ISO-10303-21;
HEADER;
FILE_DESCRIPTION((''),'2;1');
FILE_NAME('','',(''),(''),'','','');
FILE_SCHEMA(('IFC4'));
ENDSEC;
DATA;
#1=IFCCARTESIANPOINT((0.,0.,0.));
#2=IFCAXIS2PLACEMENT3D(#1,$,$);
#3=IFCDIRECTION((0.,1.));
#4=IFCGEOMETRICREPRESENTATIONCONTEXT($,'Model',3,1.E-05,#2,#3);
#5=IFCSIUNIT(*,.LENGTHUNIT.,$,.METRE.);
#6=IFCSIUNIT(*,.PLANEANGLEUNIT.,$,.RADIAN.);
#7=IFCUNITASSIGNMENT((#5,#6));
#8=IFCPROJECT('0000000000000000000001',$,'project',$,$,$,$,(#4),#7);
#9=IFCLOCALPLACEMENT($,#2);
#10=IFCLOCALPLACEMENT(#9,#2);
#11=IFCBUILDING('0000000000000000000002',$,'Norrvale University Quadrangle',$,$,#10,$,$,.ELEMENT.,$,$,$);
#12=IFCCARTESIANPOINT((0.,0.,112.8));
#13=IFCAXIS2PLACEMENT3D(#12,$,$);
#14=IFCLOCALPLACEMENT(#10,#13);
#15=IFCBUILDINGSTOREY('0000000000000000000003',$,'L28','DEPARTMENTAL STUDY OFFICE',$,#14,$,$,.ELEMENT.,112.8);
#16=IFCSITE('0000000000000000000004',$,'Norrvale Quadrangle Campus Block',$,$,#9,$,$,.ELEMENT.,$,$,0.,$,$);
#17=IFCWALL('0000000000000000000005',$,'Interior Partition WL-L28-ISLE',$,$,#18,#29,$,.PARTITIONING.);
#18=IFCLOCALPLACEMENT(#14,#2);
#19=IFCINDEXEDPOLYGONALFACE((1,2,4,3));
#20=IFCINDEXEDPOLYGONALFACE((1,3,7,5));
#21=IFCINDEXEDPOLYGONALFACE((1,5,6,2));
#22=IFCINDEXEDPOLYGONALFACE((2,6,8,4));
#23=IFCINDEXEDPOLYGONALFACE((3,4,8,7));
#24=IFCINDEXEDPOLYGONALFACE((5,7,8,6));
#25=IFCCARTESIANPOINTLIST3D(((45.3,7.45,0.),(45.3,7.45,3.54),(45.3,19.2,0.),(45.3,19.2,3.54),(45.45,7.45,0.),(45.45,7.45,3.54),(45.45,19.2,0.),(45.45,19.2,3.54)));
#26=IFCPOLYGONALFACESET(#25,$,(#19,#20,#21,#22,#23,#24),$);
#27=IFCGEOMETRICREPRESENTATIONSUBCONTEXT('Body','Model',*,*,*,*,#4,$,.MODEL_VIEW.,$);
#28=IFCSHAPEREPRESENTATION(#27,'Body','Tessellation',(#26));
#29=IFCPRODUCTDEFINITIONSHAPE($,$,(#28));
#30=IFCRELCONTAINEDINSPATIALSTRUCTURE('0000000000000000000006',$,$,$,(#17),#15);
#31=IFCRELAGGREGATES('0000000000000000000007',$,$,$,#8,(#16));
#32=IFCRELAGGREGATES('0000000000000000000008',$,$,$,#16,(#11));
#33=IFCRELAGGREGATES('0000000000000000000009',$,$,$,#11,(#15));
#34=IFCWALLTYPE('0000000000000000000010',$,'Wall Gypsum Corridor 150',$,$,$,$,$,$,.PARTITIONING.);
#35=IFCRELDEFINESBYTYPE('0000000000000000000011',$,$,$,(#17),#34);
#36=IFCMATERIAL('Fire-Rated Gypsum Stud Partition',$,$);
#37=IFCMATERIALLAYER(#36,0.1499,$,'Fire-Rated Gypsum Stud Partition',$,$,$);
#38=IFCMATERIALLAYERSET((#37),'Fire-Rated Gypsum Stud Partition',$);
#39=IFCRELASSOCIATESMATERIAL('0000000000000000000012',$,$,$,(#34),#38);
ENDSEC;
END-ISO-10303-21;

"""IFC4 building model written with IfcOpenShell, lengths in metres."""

from ifc_helpers import new_model, si_unit, direction, frame, frame_2d, origin, place, context, subcontext, project, spatial, rectangle, extrude, material, layer, layer_set, type_object, element, save


model = new_model("IFC4")

# Units and contexts
model_context = context("Model", 3, precision=1e-05, world=origin(), true_north=direction((0.0, 1.0)))
body_context = subcontext(model_context, "Body", "Model", "MODEL_VIEW")
ifc_project = project(units=[si_unit("LENGTHUNIT", "METRE"), si_unit("PLANEANGLEUNIT", "RADIAN")], contexts=[model_context])

# Site, building, storey
site_placement = place(None, origin())
site = spatial("IfcSite", under=ifc_project, at=site_placement, Name="Norrvale Quadrangle Campus Block", CompositionType="ELEMENT", RefElevation=0.0)
building_placement = place(site_placement, origin())
building = spatial("IfcBuilding", under=site, at=building_placement, Name="Norrvale University Quadrangle", CompositionType="ELEMENT")
storey_placement = place(building_placement, frame((0.0, 0.0, 112.8)))
storey = spatial("IfcBuildingStorey", under=building, at=storey_placement, Name="L28", Description="DEPARTMENTAL STUDY OFFICE", CompositionType="ELEMENT", Elevation=112.8)

# Shared definitions
ifc_material_1 = material(Name="Fire-Rated Gypsum Stud Partition")
ifc_layer_1 = layer(ifc_material_1, 0.1499, Name="Fire-Rated Gypsum Stud Partition")
ifc_layer_set_1 = layer_set([ifc_layer_1], Name="Fire-Rated Gypsum Stud Partition")
wall_type_1 = type_object("IfcWallType", Name="Wall Gypsum Corridor 150", PredefinedType="PARTITIONING", material=ifc_layer_set_1)

# Wall
wall_1_placement = place(storey_placement, frame((45.375, 7.45, 0.0), z_axis=(0.0, 0.0, 1.0), x_axis=(0.0, 1.0, 0.0)))
element("IfcWall", 1, at=wall_1_placement, inside=storey, type_object=wall_type_1, Name="Interior Partition WL-L28-ISLE", PredefinedType="PARTITIONING", context=body_context, shape_type="SweptSolid", body=[
    extrude(rectangle(XDim=11.75, YDim=0.1499, at=frame_2d((5.875, 0.0))), origin(), (0.0, 0.0, 1.0), 3.54),
])

save(model, "model.ifc")
